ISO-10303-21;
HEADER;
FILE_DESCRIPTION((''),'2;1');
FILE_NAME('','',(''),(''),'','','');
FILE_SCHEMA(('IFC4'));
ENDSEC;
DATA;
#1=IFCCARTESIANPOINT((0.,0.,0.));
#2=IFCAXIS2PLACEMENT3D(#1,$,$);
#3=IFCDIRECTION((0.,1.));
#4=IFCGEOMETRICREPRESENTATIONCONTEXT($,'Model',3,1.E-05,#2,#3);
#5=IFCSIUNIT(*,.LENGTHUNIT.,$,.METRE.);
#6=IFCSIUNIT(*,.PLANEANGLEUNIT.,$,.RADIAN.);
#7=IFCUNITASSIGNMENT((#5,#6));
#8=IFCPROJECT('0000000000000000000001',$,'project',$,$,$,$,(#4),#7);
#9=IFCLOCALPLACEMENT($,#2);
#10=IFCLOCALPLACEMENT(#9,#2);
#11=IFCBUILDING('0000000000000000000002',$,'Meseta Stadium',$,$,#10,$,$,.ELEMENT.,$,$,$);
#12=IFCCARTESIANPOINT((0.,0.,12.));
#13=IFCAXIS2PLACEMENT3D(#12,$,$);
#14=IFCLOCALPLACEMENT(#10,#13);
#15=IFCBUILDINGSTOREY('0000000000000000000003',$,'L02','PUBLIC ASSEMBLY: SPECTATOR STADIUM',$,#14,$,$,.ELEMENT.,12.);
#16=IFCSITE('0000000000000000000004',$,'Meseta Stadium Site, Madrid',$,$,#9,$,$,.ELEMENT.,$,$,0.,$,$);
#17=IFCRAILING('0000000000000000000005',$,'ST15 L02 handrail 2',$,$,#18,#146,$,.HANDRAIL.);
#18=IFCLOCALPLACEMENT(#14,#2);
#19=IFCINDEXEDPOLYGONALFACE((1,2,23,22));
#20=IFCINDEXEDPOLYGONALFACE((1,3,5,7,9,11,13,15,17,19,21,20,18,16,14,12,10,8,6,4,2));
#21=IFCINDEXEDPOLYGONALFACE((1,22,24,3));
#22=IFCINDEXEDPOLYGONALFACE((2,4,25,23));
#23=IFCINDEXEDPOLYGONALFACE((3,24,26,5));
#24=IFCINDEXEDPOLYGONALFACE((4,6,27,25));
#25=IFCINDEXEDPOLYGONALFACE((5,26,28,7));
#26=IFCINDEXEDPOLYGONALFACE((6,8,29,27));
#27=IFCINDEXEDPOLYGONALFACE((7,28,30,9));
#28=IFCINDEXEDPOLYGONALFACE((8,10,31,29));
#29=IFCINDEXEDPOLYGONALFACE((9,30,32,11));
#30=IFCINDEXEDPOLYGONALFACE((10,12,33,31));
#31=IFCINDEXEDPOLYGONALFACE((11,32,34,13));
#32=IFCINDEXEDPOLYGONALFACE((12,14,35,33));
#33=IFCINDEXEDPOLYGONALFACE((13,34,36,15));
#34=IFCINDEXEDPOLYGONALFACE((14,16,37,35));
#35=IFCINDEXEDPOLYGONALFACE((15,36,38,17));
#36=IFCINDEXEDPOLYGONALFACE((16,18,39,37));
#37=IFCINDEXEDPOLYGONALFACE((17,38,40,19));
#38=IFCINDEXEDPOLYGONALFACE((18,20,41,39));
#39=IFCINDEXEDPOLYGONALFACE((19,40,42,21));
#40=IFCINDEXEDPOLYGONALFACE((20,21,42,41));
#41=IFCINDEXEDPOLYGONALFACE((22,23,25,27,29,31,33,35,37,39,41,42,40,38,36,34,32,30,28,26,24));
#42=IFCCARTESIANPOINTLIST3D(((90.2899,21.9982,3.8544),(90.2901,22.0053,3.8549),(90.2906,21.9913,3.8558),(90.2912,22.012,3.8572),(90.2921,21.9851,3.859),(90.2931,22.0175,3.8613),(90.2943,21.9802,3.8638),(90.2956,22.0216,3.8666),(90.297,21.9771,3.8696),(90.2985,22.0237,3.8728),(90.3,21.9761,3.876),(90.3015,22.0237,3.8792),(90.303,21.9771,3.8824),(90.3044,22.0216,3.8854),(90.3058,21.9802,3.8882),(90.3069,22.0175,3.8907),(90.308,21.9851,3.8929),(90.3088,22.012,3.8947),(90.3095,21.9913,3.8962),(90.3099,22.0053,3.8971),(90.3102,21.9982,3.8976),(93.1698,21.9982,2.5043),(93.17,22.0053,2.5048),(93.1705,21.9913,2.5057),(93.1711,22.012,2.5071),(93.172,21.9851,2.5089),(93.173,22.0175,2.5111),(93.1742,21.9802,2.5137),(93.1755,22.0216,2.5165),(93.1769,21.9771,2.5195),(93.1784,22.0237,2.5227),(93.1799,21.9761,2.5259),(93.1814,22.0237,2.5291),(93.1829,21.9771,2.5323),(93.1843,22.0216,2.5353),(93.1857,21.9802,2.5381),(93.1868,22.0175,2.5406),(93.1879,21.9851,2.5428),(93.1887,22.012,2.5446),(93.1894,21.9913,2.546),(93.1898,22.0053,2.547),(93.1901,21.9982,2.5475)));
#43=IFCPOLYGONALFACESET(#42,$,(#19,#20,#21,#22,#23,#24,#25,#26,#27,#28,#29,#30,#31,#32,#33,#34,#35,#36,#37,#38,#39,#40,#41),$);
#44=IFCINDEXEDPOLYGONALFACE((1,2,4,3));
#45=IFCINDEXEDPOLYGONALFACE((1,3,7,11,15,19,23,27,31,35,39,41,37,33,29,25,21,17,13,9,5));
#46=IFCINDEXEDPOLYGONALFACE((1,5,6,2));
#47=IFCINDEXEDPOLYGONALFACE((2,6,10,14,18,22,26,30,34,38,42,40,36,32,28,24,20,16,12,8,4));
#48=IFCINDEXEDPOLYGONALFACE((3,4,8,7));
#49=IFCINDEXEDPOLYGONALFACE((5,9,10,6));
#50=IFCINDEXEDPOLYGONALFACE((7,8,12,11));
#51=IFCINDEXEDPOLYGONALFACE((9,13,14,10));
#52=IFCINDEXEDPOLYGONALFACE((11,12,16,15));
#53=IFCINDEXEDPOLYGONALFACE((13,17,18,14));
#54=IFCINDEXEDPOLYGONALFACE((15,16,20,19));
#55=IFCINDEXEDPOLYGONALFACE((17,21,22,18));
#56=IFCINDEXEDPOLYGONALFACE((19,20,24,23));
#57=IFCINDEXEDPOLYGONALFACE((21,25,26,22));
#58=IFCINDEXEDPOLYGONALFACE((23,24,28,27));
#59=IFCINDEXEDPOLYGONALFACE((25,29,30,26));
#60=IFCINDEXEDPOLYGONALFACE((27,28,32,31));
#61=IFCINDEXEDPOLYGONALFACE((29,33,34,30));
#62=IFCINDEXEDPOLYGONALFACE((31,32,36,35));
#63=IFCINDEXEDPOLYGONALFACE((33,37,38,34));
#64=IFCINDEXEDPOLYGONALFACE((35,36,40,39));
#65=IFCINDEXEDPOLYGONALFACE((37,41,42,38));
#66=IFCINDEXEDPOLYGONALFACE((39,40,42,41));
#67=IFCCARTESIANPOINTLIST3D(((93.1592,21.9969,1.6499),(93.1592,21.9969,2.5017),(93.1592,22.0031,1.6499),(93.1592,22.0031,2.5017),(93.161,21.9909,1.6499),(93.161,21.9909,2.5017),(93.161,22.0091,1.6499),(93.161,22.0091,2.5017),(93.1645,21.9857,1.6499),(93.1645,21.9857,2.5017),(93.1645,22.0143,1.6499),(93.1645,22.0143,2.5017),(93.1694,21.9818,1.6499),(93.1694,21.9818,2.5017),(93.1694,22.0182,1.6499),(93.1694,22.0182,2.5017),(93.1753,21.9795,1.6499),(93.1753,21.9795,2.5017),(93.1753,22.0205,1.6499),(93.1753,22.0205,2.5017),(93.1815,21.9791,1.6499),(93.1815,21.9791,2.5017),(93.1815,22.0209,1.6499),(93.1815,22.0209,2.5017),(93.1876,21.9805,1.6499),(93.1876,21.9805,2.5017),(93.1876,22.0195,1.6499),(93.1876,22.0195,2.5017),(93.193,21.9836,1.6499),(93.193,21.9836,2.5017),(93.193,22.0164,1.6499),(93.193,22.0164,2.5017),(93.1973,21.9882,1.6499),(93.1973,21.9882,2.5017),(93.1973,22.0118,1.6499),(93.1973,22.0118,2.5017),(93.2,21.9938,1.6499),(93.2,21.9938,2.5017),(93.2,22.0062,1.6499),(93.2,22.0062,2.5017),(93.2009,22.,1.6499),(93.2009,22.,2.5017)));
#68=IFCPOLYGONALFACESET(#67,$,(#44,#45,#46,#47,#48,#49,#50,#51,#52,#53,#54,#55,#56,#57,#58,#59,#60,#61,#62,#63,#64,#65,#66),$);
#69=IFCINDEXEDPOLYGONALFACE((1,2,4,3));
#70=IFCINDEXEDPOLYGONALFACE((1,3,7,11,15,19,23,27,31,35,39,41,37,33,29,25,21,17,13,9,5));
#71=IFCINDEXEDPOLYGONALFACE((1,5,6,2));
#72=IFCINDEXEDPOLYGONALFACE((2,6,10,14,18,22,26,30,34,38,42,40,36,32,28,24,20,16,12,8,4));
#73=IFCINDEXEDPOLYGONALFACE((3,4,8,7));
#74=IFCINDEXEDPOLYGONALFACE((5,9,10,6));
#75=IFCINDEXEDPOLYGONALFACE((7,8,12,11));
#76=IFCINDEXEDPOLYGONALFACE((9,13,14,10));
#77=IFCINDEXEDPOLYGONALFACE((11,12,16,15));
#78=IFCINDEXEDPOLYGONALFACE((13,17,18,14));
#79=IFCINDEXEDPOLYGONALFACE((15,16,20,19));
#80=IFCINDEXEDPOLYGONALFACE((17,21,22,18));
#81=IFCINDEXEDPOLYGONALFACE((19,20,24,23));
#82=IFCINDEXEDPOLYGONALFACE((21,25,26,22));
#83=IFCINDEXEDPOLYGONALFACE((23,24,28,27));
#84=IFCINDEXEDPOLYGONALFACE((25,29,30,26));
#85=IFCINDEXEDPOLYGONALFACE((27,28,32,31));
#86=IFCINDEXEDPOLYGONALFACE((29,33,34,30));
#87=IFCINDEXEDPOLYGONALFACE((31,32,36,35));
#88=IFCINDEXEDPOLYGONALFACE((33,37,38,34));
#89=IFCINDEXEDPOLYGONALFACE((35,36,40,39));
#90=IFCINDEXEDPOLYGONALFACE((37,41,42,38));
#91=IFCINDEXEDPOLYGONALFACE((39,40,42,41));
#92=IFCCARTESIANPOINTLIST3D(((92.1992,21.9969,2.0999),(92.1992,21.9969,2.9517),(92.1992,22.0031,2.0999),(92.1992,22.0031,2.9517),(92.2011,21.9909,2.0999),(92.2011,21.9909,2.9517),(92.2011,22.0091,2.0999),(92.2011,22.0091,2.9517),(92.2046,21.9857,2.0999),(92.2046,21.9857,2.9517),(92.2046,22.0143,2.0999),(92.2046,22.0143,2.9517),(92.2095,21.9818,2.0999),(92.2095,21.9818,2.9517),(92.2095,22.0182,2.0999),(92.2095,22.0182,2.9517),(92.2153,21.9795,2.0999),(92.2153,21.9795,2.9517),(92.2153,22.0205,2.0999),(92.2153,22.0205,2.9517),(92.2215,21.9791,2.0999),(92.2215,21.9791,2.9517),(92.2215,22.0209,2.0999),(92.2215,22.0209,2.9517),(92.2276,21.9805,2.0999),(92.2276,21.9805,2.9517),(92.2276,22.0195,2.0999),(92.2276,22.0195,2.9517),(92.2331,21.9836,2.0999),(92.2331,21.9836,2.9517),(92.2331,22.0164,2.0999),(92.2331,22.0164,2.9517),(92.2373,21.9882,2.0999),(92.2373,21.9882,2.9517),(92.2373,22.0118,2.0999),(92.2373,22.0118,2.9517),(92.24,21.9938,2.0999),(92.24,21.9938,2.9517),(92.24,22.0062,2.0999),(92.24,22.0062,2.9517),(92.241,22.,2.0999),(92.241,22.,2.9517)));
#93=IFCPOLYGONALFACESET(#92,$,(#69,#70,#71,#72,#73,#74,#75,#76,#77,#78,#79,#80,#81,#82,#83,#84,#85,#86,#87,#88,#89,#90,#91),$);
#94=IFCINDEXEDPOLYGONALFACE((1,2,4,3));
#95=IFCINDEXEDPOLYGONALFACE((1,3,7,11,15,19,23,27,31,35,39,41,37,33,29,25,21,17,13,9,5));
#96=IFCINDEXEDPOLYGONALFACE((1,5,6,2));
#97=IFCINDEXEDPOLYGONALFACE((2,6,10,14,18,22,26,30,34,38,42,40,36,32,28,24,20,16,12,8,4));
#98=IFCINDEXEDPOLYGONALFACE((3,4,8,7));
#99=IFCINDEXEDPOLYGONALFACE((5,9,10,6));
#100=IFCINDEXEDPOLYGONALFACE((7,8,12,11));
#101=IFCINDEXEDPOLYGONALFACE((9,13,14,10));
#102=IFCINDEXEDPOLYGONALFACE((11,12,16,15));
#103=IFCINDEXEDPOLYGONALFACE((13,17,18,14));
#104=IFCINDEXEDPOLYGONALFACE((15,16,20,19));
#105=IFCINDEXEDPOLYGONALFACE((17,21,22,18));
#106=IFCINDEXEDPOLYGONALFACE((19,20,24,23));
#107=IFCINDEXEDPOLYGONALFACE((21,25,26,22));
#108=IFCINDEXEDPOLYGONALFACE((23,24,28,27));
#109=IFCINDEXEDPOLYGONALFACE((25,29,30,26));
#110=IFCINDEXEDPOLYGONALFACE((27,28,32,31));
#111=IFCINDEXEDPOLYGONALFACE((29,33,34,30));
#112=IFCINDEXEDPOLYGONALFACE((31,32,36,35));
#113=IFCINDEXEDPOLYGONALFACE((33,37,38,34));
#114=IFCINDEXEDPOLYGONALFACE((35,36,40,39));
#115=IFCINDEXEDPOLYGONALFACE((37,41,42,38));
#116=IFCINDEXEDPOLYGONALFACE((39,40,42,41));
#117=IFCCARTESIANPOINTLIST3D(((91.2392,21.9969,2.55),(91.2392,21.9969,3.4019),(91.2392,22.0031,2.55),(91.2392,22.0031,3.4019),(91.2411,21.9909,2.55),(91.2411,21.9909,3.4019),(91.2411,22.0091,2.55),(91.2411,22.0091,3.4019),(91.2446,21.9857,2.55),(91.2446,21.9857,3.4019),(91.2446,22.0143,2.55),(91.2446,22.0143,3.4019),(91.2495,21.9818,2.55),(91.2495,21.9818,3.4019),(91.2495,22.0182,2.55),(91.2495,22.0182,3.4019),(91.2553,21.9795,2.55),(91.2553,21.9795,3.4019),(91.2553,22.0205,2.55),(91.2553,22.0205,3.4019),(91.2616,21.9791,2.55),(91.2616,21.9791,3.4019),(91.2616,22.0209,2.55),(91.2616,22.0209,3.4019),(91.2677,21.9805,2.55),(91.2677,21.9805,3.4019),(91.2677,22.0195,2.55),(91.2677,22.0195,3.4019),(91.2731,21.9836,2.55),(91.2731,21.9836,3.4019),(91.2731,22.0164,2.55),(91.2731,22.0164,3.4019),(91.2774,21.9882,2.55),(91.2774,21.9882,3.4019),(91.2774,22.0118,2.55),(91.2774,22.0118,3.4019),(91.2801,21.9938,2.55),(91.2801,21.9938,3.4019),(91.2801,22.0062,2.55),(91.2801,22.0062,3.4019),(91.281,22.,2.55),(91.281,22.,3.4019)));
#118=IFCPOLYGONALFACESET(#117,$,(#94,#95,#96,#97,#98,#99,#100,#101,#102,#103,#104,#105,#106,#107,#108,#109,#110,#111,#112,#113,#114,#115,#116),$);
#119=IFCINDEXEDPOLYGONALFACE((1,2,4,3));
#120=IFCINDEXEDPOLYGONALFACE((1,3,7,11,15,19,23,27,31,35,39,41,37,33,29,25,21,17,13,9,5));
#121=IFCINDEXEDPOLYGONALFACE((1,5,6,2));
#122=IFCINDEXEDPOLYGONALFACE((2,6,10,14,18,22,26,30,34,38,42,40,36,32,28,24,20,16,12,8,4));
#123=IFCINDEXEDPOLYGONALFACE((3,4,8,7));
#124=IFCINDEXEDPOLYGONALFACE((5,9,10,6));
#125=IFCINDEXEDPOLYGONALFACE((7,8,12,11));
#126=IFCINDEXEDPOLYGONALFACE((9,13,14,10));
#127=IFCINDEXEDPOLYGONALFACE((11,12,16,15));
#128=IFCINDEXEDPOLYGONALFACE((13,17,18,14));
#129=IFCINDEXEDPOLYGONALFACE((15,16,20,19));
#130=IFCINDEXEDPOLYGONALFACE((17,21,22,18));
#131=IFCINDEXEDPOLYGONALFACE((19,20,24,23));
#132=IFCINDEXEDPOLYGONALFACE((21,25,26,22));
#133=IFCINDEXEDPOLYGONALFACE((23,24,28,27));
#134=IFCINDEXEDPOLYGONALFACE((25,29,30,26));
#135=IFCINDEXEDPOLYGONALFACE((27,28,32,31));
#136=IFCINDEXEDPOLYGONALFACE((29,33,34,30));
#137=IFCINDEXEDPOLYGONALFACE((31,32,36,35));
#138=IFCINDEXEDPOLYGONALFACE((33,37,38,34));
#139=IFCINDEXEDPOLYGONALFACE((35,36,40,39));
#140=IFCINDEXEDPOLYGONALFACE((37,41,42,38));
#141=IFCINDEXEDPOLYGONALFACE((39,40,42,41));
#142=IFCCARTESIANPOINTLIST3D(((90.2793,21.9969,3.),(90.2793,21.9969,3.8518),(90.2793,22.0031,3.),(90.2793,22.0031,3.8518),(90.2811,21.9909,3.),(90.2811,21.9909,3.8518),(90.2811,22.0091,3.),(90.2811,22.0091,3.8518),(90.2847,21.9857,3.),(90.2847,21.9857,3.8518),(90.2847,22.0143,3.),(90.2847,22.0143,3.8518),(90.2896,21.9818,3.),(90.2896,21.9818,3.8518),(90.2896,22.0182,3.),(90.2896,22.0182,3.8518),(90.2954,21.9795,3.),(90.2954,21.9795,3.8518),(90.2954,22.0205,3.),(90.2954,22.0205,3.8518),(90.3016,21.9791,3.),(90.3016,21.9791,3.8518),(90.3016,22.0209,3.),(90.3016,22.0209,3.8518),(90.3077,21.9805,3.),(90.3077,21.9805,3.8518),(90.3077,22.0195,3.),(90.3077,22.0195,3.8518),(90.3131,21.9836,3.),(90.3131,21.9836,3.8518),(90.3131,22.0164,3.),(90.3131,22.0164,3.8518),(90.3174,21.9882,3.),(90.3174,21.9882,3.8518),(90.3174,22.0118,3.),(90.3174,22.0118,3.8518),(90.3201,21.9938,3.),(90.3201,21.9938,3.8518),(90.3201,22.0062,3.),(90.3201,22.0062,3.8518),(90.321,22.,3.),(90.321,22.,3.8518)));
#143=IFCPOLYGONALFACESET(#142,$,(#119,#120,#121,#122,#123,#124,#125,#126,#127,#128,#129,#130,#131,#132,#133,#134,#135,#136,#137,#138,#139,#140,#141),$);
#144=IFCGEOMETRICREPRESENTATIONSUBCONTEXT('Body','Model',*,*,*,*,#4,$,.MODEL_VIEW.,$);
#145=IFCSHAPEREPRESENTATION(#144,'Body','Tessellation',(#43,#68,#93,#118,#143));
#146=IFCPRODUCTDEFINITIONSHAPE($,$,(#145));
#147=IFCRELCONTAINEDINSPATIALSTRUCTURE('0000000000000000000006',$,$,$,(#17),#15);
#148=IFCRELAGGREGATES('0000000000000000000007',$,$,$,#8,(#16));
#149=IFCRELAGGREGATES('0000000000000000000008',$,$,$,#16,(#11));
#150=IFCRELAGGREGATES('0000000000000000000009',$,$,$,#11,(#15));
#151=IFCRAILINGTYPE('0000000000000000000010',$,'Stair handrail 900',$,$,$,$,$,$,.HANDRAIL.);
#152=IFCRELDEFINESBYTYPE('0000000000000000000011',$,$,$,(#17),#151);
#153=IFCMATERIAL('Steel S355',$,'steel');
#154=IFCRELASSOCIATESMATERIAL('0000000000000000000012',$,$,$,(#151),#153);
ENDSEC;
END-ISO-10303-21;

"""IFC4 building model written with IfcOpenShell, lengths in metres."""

from ifc_helpers import new_model, si_unit, direction, frame, origin, origin_2d, place, context, subcontext, project, spatial, circle, extrude, material, type_object, element, save


model = new_model("IFC4")

# Units and contexts
model_context = context("Model", 3, precision=1e-05, world=origin(), true_north=direction((0.0, 1.0)))
body_context = subcontext(model_context, "Body", "Model", "MODEL_VIEW")
ifc_project = project(units=[si_unit("LENGTHUNIT", "METRE"), si_unit("PLANEANGLEUNIT", "RADIAN")], contexts=[model_context])

# Site, building, storey
site_placement = place(None, origin())
site = spatial("IfcSite", under=ifc_project, at=site_placement, Name="Meseta Stadium Site, Madrid", CompositionType="ELEMENT", RefElevation=0.0)
building_placement = place(site_placement, origin())
building = spatial("IfcBuilding", under=site, at=building_placement, Name="Meseta Stadium", CompositionType="ELEMENT")
storey_placement = place(building_placement, frame((0.0, 0.0, 12.0)))
storey = spatial("IfcBuildingStorey", under=building, at=storey_placement, Name="L02", Description="PUBLIC ASSEMBLY: SPECTATOR STADIUM", CompositionType="ELEMENT", Elevation=12.0)

# Railing
ifc_material_1 = material(Name="Steel S355", Category="steel")
railing_type_1 = type_object("IfcRailingType", Name="Stair handrail 900", PredefinedType="HANDRAIL", material=ifc_material_1)
for number, where, name in (
    (1, (93.1799, 22.0, 1.6499), "ST15 L02 handrail 2"),
):
    element("IfcRailing", number, at=place(storey_placement, frame(where)), inside=storey, type_object=railing_type_1, Name=name, PredefinedType="HANDRAIL", context=body_context, shape_type="SweptSolid", body=[
        extrude(circle(Radius=0.0239, at=origin_2d()), frame((0.0, 0.0, 0.876), z_axis=(-0.90544, 0.0, 0.424473), x_axis=(0.0, -1.0, 0.0)), (0.0, 0.0, 1.0), 3.1807),
        extrude(circle(Radius=0.021, at=origin_2d()), origin(), (0.0, 0.0, 1.0), 0.8518),
        extrude(circle(Radius=0.021, at=origin_2d()), frame((-0.96, 0.0, 0.45)), (0.0, 0.0, 1.0), 0.8518),
        extrude(circle(Radius=0.021, at=origin_2d()), frame((-1.9199, 0.0, 0.9001)), (0.0, 0.0, 1.0), 0.8518),
        extrude(circle(Radius=0.021, at=origin_2d()), frame((-2.8799, 0.0, 1.3501)), (0.0, 0.0, 1.0), 0.8518),
    ])

save(model, "model.ifc")
